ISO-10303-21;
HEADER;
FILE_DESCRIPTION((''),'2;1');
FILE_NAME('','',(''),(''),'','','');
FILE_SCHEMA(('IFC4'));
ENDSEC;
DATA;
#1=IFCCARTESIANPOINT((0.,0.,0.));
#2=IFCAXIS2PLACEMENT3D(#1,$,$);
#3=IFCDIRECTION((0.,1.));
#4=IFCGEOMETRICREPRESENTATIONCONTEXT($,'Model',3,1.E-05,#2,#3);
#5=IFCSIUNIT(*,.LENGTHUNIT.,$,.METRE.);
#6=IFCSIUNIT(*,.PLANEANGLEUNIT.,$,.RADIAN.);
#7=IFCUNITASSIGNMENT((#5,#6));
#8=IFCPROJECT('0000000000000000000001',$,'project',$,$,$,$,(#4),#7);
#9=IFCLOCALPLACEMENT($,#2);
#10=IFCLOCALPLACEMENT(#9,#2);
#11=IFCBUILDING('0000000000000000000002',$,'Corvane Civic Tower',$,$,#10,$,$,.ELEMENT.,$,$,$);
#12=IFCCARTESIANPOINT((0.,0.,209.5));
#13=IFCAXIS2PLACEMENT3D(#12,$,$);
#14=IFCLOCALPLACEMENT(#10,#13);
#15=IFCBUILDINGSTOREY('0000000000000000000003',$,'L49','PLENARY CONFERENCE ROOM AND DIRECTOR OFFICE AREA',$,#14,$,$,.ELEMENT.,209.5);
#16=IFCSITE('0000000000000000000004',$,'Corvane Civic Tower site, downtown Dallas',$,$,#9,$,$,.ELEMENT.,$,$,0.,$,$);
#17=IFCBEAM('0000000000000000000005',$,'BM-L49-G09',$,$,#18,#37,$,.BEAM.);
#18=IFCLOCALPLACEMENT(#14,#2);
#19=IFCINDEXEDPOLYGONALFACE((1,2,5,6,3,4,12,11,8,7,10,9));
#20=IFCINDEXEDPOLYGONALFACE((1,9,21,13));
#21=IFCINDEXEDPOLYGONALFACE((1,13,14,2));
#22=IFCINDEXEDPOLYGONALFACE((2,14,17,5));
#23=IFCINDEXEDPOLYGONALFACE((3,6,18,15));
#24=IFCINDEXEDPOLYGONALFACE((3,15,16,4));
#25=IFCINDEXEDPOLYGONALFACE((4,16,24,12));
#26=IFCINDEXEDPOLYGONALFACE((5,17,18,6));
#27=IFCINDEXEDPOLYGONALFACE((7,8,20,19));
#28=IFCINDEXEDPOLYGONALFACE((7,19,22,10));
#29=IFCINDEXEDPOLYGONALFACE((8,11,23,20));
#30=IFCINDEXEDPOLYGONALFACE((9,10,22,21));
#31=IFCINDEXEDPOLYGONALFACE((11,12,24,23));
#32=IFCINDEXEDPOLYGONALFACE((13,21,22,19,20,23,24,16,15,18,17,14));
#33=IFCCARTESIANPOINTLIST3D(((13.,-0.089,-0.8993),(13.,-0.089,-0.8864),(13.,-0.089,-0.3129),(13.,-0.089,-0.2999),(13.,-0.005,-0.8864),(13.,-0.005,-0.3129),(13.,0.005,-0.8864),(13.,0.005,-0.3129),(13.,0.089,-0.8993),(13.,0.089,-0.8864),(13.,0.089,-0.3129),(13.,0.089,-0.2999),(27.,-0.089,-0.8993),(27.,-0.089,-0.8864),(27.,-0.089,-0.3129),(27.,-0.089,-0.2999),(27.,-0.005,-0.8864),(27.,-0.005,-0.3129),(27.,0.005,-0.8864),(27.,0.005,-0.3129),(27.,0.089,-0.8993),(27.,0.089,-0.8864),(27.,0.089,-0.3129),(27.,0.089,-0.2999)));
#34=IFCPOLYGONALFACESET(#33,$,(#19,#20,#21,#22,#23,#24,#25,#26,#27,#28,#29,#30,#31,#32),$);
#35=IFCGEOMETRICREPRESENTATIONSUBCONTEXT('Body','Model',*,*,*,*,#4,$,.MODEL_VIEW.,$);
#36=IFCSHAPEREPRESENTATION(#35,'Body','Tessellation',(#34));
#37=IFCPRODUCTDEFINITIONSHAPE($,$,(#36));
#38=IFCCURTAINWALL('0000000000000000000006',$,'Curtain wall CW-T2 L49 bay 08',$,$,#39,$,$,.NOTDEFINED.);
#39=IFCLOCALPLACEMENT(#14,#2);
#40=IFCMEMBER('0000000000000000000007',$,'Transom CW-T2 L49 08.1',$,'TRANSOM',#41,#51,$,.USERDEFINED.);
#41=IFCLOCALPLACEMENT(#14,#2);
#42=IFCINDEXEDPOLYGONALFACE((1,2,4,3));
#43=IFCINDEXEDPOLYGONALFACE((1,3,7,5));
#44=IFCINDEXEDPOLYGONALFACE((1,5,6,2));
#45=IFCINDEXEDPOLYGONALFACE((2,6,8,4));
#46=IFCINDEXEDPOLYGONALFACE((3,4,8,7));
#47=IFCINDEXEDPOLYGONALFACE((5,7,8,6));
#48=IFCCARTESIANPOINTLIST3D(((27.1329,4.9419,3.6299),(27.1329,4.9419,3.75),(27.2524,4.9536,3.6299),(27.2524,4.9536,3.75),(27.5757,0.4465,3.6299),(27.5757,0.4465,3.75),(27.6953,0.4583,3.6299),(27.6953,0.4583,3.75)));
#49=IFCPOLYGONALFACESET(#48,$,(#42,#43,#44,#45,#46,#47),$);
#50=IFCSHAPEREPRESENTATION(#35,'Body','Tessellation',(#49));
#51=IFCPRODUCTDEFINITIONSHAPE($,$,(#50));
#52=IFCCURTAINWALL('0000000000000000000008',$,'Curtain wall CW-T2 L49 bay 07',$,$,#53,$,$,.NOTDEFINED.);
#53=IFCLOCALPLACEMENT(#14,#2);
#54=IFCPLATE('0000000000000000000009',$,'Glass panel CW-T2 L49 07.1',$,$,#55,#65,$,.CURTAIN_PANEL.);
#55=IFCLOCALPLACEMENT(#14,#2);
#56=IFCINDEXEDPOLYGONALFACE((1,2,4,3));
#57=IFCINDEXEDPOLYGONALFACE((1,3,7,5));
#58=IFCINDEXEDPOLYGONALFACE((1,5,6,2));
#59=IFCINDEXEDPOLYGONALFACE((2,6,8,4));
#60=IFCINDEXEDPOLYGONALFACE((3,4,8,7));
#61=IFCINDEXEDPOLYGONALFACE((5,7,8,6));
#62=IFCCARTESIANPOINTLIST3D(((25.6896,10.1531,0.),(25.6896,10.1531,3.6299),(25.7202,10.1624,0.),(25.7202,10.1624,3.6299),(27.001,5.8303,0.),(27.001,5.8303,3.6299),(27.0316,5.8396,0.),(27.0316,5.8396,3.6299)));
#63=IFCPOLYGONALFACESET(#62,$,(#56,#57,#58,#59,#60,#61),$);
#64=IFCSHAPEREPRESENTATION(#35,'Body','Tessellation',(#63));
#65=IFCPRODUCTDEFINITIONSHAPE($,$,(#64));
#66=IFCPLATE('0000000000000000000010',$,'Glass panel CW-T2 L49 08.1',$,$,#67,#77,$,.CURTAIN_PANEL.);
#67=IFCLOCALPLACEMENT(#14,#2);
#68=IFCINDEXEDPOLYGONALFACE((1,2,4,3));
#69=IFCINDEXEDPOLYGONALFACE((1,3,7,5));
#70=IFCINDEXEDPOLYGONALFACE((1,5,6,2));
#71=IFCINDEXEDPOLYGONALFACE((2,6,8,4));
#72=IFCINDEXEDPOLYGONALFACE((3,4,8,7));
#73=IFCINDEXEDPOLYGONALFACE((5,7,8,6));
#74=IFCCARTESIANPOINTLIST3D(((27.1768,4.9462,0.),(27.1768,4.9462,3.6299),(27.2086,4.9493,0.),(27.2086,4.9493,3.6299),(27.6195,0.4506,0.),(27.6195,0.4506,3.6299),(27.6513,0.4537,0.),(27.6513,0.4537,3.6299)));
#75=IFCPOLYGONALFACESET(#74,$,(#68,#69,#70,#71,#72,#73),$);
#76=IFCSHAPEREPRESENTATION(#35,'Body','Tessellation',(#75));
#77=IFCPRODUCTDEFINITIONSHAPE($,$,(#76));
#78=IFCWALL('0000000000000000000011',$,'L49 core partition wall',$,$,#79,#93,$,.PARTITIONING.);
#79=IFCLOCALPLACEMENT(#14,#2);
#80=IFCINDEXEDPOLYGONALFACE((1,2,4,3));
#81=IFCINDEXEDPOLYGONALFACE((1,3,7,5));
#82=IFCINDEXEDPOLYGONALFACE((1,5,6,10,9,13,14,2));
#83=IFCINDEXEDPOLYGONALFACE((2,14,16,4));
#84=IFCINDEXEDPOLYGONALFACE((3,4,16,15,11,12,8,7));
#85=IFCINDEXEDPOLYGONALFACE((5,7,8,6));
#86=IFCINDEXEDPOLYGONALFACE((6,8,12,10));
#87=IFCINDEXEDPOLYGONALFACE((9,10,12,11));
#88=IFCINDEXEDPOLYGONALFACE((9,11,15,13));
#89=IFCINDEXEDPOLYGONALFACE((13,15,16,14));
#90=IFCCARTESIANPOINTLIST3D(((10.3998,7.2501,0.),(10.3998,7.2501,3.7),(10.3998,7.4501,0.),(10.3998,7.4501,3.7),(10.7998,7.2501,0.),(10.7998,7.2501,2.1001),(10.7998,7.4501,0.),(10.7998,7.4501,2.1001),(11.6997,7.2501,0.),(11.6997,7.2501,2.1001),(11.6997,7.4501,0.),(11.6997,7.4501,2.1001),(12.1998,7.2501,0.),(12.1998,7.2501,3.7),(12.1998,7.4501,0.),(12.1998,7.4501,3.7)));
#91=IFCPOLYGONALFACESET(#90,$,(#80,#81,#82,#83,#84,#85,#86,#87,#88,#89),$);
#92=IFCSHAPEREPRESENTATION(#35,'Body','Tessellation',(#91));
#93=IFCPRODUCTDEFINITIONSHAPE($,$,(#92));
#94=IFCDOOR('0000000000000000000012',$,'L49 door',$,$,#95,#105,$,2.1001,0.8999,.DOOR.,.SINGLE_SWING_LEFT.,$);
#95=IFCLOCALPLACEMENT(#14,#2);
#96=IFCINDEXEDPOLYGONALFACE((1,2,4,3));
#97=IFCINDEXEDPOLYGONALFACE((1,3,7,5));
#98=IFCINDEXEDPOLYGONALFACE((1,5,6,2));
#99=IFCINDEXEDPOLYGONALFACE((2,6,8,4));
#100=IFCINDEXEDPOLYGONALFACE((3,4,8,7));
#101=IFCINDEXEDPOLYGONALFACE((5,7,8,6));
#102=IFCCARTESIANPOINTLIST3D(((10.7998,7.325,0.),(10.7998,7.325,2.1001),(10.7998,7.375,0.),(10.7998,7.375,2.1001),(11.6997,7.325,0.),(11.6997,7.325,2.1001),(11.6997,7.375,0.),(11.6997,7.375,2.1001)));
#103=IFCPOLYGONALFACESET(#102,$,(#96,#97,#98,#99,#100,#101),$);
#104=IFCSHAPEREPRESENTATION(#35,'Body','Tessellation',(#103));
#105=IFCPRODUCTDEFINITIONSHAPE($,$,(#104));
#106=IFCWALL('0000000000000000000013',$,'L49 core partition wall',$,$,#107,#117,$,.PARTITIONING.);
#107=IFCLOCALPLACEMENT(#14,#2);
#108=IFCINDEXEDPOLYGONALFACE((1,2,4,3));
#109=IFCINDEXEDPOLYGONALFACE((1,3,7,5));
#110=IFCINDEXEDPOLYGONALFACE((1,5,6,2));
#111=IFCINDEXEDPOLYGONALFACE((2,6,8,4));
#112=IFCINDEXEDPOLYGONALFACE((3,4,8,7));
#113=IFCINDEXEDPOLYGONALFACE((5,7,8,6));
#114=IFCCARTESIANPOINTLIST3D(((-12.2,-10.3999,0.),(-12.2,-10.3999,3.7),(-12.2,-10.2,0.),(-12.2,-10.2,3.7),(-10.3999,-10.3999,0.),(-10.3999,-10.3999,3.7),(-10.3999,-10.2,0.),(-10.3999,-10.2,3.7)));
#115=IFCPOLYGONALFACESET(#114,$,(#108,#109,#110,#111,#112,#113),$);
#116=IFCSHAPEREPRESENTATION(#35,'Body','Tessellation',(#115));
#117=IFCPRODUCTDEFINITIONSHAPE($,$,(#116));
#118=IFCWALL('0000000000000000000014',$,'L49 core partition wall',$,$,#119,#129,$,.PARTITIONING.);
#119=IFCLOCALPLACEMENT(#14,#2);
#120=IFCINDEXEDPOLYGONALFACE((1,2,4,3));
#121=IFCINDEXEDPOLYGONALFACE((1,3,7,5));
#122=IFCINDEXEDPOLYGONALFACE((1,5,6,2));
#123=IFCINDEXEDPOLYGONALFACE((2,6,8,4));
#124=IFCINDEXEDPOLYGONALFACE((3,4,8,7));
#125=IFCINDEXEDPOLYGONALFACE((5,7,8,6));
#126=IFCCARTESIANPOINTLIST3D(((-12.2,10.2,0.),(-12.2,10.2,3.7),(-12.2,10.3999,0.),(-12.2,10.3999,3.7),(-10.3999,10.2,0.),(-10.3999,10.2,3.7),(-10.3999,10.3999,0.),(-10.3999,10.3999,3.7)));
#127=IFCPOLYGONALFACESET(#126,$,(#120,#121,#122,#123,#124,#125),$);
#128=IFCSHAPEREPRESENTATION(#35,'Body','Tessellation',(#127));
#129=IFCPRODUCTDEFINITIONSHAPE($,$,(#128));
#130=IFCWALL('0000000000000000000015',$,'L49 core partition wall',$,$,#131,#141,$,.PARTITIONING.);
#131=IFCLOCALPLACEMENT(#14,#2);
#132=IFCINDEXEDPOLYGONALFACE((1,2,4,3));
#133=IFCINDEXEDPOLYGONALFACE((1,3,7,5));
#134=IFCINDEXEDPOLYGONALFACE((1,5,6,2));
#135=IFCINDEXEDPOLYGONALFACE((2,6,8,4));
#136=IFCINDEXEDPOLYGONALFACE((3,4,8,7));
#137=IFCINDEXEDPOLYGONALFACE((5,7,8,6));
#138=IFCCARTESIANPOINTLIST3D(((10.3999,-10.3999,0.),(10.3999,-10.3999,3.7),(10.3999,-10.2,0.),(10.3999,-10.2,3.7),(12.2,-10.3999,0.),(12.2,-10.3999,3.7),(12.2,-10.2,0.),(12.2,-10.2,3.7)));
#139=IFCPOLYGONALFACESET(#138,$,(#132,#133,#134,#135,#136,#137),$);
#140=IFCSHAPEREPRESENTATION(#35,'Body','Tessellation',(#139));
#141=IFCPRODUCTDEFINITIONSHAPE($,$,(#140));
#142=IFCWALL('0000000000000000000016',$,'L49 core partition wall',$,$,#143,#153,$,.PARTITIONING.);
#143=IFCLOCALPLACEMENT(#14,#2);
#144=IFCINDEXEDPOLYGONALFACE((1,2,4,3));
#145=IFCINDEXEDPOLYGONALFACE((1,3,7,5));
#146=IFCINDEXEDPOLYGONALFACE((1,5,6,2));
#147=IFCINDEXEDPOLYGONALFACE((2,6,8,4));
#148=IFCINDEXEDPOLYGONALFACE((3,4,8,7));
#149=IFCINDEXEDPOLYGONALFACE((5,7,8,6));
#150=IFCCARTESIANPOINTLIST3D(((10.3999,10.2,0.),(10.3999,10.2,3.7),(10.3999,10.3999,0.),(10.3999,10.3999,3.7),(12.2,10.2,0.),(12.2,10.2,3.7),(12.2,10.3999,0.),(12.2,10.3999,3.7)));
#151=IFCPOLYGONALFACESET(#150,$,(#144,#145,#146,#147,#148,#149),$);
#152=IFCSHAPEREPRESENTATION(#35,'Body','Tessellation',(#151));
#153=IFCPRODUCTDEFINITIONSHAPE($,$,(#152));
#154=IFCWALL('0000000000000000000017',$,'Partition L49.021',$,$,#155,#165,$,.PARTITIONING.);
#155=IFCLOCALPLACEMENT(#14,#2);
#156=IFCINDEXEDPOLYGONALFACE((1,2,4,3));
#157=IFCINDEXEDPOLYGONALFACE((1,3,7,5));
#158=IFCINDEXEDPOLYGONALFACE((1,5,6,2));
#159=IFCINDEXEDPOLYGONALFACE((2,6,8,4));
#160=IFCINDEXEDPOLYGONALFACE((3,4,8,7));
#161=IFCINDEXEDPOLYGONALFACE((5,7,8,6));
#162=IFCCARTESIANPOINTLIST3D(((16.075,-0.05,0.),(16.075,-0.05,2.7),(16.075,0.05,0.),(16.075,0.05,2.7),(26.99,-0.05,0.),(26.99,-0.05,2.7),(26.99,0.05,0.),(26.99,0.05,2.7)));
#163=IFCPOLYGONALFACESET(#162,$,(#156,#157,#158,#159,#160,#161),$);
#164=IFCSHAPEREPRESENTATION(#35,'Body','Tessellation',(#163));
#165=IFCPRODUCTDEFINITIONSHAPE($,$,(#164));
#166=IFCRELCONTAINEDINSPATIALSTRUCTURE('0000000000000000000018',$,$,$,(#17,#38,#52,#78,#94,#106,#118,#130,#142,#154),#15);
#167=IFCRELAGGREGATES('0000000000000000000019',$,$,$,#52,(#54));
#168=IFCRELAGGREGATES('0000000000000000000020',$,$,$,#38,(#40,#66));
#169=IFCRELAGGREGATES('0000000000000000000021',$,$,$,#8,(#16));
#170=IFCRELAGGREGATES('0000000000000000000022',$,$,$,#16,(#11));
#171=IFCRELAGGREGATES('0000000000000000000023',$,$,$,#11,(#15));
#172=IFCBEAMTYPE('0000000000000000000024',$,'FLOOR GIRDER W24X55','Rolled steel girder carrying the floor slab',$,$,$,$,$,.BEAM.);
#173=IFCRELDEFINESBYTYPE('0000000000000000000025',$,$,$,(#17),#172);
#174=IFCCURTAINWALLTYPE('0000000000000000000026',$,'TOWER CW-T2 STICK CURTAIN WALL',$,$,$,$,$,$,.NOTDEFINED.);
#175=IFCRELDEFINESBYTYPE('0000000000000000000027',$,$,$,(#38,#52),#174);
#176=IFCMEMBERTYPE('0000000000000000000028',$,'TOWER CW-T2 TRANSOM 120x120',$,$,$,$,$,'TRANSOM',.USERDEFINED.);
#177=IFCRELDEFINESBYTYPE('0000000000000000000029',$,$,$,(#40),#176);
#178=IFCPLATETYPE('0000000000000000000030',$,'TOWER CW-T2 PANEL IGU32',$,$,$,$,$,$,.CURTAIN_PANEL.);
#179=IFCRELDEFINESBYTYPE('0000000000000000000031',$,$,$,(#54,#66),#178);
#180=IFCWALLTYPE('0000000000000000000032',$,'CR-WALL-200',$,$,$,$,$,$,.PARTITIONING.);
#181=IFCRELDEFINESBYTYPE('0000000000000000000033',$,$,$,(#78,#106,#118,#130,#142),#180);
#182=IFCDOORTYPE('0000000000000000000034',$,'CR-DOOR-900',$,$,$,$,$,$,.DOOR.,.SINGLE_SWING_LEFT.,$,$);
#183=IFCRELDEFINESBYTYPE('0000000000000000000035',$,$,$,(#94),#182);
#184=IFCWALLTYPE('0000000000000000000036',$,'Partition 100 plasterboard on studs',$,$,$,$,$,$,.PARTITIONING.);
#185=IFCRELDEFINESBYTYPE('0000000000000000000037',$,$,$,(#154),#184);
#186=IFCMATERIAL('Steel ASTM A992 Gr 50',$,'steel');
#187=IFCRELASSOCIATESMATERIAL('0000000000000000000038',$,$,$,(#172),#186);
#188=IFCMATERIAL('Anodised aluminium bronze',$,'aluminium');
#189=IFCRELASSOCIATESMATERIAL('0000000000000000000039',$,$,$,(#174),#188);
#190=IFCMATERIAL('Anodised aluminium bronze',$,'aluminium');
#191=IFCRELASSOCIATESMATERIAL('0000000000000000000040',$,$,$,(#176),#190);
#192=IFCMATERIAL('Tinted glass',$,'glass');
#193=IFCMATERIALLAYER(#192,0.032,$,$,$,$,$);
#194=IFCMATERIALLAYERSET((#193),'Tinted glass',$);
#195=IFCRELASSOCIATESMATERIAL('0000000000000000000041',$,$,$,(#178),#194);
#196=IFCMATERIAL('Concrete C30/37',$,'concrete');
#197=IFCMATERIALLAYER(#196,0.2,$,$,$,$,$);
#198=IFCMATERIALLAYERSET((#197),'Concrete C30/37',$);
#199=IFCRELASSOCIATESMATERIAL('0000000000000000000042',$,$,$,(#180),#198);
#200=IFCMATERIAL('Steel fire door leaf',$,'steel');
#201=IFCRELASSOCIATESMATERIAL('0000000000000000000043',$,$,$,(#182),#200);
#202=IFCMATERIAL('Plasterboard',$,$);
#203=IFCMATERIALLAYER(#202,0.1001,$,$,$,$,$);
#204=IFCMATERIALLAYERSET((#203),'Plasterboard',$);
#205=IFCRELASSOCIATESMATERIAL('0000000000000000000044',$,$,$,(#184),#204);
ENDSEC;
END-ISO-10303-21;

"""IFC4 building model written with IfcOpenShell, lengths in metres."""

from ifc_helpers import new_model, si_unit, direction, frame, frame_2d, origin, origin_2d, place, context, subcontext, project, spatial, polyline, rectangle, i_section, outline, extrude, material, layer, layer_set, material_profile, profile_set, type_object, element, fill, aggregate, save


model = new_model("IFC4")

# Units and contexts
model_context = context("Model", 3, precision=1e-05, world=origin(), true_north=direction((0.0, 1.0)))
body_context = subcontext(model_context, "Body", "Model", "MODEL_VIEW")
ifc_project = project(units=[si_unit("LENGTHUNIT", "METRE"), si_unit("PLANEANGLEUNIT", "RADIAN")], contexts=[model_context])

# Site, building, storey
site_placement = place(None, origin())
site = spatial("IfcSite", under=ifc_project, at=site_placement, Name="Corvane Civic Tower site, downtown Dallas", CompositionType="ELEMENT", RefElevation=0.0)
building_placement = place(site_placement, origin())
building = spatial("IfcBuilding", under=site, at=building_placement, Name="Corvane Civic Tower", CompositionType="ELEMENT")
storey_placement = place(building_placement, frame((0.0, 0.0, 209.5)))
storey = spatial("IfcBuildingStorey", under=building, at=storey_placement, Name="L49", Description="PLENARY CONFERENCE ROOM AND DIRECTOR OFFICE AREA", CompositionType="ELEMENT", Elevation=209.5)

# Beam
ifc_material_1 = material(Name="Steel ASTM A992 Gr 50", Category="steel")
ifc_material_profile_1 = material_profile(ifc_material_1, i_section(OverallWidth=0.178, OverallDepth=0.5994, WebThickness=0.01, FlangeThickness=0.0129, at=origin_2d()), Name="W24X55")
ifc_profile_set_1 = profile_set([ifc_material_profile_1], Name="Steel ASTM A992 Gr 50")
beam_type_1 = type_object("IfcBeamType", Name="FLOOR GIRDER W24X55", Description="Rolled steel girder carrying the floor slab", PredefinedType="BEAM", material=ifc_profile_set_1)
beam_1_placement = place(storey_placement, frame((13.0, 0.0, -0.5996), z_axis=(1.0, 0.0, 0.0), x_axis=(0.0, 1.0, 0.0)))
element("IfcBeam", 1, at=beam_1_placement, inside=storey, type_object=beam_type_1, Name="BM-L49-G09", PredefinedType="BEAM", context=body_context, shape_type="SweptSolid", body=[
    extrude(i_section(OverallWidth=0.178, OverallDepth=0.5994, WebThickness=0.01, FlangeThickness=0.0129, at=origin_2d()), origin(), (0.0, 0.0, 1.0), 14.0),
])

# Curtain wall, member
ifc_material_2 = material(Name="Anodised aluminium bronze", Category="aluminium")
curtain_wall_type = type_object("IfcCurtainWallType", Name="TOWER CW-T2 STICK CURTAIN WALL", PredefinedType="NOTDEFINED", material=ifc_material_2)
curtain_wall_1_placement = place(storey_placement, origin())
curtain_wall_1 = element("IfcCurtainWall", 2, at=curtain_wall_1_placement, inside=storey, type_object=curtain_wall_type, Name="Curtain wall CW-T2 L49 bay 08", PredefinedType="NOTDEFINED")
ifc_material_3 = material(Name="Anodised aluminium bronze", Category="aluminium")
ifc_material_profile_2 = material_profile(ifc_material_3, rectangle(XDim=0.1201, YDim=0.1201, at=origin_2d()), Name="TOWER CW-T2 TRANSOM 120x120")
ifc_profile_set_2 = profile_set([ifc_material_profile_2], Name="Anodised aluminium bronze")
member_type = type_object("IfcMemberType", Name="TOWER CW-T2 TRANSOM 120x120", ElementType="TRANSOM", PredefinedType="USERDEFINED", material=ifc_profile_set_2)
member_placement = place(storey_placement, frame((27.1926, 4.9478, 3.6899), z_axis=(0.098043, -0.995182, 0.0), x_axis=(0.995182, 0.098043, 0.0)))
member = element("IfcMember", 3, at=member_placement, type_object=member_type, Name="Transom CW-T2 L49 08.1", ObjectType="TRANSOM", PredefinedType="USERDEFINED", context=body_context, shape_type="SweptSolid", body=[
    extrude(rectangle(XDim=0.1201, YDim=0.1201, at=origin_2d()), origin(), (0.0, 0.0, 1.0), 4.5171),
])

# Curtain wall, plate
curtain_wall_2_placement = place(storey_placement, origin())
curtain_wall_2 = element("IfcCurtainWall", 4, at=curtain_wall_2_placement, inside=storey, type_object=curtain_wall_type, Name="Curtain wall CW-T2 L49 bay 07", PredefinedType="NOTDEFINED")
ifc_material_4 = material(Name="Tinted glass", Category="glass")
ifc_layer_1 = layer(ifc_material_4, 0.032)
ifc_layer_set_1 = layer_set([ifc_layer_1], Name="Tinted glass")
plate_type = type_object("IfcPlateType", Name="TOWER CW-T2 PANEL IGU32", PredefinedType="CURTAIN_PANEL", material=ifc_layer_set_1)
plate_1_placement = place(storey_placement, frame((26.3606, 7.9963, 0.0), z_axis=(0.0, 0.0, 1.0), x_axis=(0.29029, -0.956939, 0.0)))
plate_1 = element("IfcPlate", 5, at=plate_1_placement, type_object=plate_type, Name="Glass panel CW-T2 L49 07.1", PredefinedType="CURTAIN_PANEL", context=body_context, shape_type="SweptSolid", body=[
    extrude(rectangle(XDim=4.5173, YDim=0.032, at=origin_2d()), origin(), (0.0, 0.0, 1.0), 3.6299),
])
aggregate(curtain_wall_2, [plate_1])

# Plate
plate_2_placement = place(storey_placement, frame((27.4141, 2.7, 0.0), z_axis=(0.0, 0.0, 1.0), x_axis=(0.097993, -0.995187, 0.0)))
plate_2 = element("IfcPlate", 6, at=plate_2_placement, type_object=plate_type, Name="Glass panel CW-T2 L49 08.1", PredefinedType="CURTAIN_PANEL", context=body_context, shape_type="SweptSolid", body=[
    extrude(rectangle(XDim=4.5173, YDim=0.032, at=origin_2d()), origin(), (0.0, 0.0, 1.0), 3.6299),
])
aggregate(curtain_wall_1, [member, plate_2])

# Wall, opening, door
ifc_material_5 = material(Name="Concrete C30/37", Category="concrete")
ifc_layer_2 = layer(ifc_material_5, 0.2)
ifc_layer_set_2 = layer_set([ifc_layer_2], Name="Concrete C30/37")
wall_type_1 = type_object("IfcWallType", Name="CR-WALL-200", PredefinedType="PARTITIONING", material=ifc_layer_set_2)
wall_1_placement = place(storey_placement, frame((10.3999, 7.3501, 0.0), z_axis=(0.0, 0.0, 1.0), x_axis=(1.0, 0.0, 0.0)))
wall_1 = element("IfcWall", 7, at=wall_1_placement, inside=storey, type_object=wall_type_1, Name="L49 core partition wall", PredefinedType="PARTITIONING", context=body_context, shape_type="SweptSolid", body=[
    extrude(rectangle(XDim=1.8, YDim=0.2, at=frame_2d((0.8999, 0.0))), origin(), (0.0, 0.0, 1.0), 3.7),
])
opening_1_placement = place(wall_1_placement, frame((0.3999, 0.0, 0.0)))
opening_1 = element("IfcOpeningElement", 8, at=opening_1_placement, cuts=wall_1, PredefinedType="OPENING", context=body_context, shape_type="SweptSolid", body=[
    extrude(rectangle(XDim=0.8999, YDim=2.1001, at=frame_2d((0.45, 1.05))), frame((0.0, 0.1099, 0.0), z_axis=(0.0, -1.0, 0.0), x_axis=(1.0, 0.0, 0.0)), (0.0, 0.0, 1.0), 0.22),
])
ifc_material_6 = material(Name="Steel fire door leaf", Category="steel")
door_type_1 = type_object("IfcDoorType", Name="CR-DOOR-900", OperationType="SINGLE_SWING_LEFT", PredefinedType="DOOR", material=ifc_material_6)
door_1_placement = place(opening_1_placement, origin())
door_1 = element("IfcDoor", 9, at=door_1_placement, inside=storey, type_object=door_type_1, Name="L49 door", OperationType="SINGLE_SWING_LEFT", OverallHeight=2.1001, OverallWidth=0.8999, PredefinedType="DOOR", context=body_context, shape_type="SweptSolid", body=[
    extrude(rectangle(XDim=0.8999, YDim=2.1001, at=frame_2d((0.45, 1.05))), frame((0.0, 0.0249, 0.0), z_axis=(0.0, -1.0, 0.0), x_axis=(1.0, 0.0, 0.0)), (0.0, 0.0, 1.0), 0.05),
])
fill(opening_1, door_1)

# Walls
wall_2_placement = place(storey_placement, origin())
element("IfcWall", 10, at=wall_2_placement, inside=storey, type_object=wall_type_1, Name="L49 core partition wall", PredefinedType="PARTITIONING", context=body_context, shape_type="SweptSolid", body=[
    extrude(outline(polyline([(-10.3999, -10.3999), (-12.2, -10.3999), (-12.2, -10.2), (-10.3999, -10.2), (-10.3999, -10.3999)])), origin(), (0.0, 0.0, 1.0), 3.7),
])
wall_3_placement = place(storey_placement, origin())
element("IfcWall", 11, at=wall_3_placement, inside=storey, type_object=wall_type_1, Name="L49 core partition wall", PredefinedType="PARTITIONING", context=body_context, shape_type="SweptSolid", body=[
    extrude(outline(polyline([(-12.2, 10.2), (-12.2, 10.3999), (-10.3999, 10.3999), (-10.3999, 10.2), (-12.2, 10.2)])), origin(), (0.0, 0.0, 1.0), 3.7),
])
wall_4_placement = place(storey_placement, origin())
element("IfcWall", 12, at=wall_4_placement, inside=storey, type_object=wall_type_1, Name="L49 core partition wall", PredefinedType="PARTITIONING", context=body_context, shape_type="SweptSolid", body=[
    extrude(outline(polyline([(12.2, -10.3999), (10.3999, -10.3999), (10.3999, -10.2), (12.2, -10.2), (12.2, -10.3999)])), origin(), (0.0, 0.0, 1.0), 3.7),
])
wall_5_placement = place(storey_placement, origin())
element("IfcWall", 13, at=wall_5_placement, inside=storey, type_object=wall_type_1, Name="L49 core partition wall", PredefinedType="PARTITIONING", context=body_context, shape_type="SweptSolid", body=[
    extrude(outline(polyline([(10.3999, 10.2), (10.3999, 10.3999), (12.2, 10.3999), (12.2, 10.2), (10.3999, 10.2)])), origin(), (0.0, 0.0, 1.0), 3.7),
])
ifc_material_7 = material(Name="Plasterboard")
ifc_layer_3 = layer(ifc_material_7, 0.1001)
ifc_layer_set_3 = layer_set([ifc_layer_3], Name="Plasterboard")
wall_type_2 = type_object("IfcWallType", Name="Partition 100 plasterboard on studs", PredefinedType="PARTITIONING", material=ifc_layer_set_3)
wall_6_placement = place(storey_placement, frame((16.075, 0.0, 0.0), z_axis=(0.0, 0.0, 1.0), x_axis=(1.0, 0.0, 0.0)))
element("IfcWall", 14, at=wall_6_placement, inside=storey, type_object=wall_type_2, Name="Partition L49.021", PredefinedType="PARTITIONING", context=body_context, shape_type="SweptSolid", body=[
    extrude(rectangle(XDim=10.915, YDim=0.1001, at=frame_2d((5.4575, 0.0))), origin(), (0.0, 0.0, 1.0), 2.7),
])

save(model, "model.ifc")
